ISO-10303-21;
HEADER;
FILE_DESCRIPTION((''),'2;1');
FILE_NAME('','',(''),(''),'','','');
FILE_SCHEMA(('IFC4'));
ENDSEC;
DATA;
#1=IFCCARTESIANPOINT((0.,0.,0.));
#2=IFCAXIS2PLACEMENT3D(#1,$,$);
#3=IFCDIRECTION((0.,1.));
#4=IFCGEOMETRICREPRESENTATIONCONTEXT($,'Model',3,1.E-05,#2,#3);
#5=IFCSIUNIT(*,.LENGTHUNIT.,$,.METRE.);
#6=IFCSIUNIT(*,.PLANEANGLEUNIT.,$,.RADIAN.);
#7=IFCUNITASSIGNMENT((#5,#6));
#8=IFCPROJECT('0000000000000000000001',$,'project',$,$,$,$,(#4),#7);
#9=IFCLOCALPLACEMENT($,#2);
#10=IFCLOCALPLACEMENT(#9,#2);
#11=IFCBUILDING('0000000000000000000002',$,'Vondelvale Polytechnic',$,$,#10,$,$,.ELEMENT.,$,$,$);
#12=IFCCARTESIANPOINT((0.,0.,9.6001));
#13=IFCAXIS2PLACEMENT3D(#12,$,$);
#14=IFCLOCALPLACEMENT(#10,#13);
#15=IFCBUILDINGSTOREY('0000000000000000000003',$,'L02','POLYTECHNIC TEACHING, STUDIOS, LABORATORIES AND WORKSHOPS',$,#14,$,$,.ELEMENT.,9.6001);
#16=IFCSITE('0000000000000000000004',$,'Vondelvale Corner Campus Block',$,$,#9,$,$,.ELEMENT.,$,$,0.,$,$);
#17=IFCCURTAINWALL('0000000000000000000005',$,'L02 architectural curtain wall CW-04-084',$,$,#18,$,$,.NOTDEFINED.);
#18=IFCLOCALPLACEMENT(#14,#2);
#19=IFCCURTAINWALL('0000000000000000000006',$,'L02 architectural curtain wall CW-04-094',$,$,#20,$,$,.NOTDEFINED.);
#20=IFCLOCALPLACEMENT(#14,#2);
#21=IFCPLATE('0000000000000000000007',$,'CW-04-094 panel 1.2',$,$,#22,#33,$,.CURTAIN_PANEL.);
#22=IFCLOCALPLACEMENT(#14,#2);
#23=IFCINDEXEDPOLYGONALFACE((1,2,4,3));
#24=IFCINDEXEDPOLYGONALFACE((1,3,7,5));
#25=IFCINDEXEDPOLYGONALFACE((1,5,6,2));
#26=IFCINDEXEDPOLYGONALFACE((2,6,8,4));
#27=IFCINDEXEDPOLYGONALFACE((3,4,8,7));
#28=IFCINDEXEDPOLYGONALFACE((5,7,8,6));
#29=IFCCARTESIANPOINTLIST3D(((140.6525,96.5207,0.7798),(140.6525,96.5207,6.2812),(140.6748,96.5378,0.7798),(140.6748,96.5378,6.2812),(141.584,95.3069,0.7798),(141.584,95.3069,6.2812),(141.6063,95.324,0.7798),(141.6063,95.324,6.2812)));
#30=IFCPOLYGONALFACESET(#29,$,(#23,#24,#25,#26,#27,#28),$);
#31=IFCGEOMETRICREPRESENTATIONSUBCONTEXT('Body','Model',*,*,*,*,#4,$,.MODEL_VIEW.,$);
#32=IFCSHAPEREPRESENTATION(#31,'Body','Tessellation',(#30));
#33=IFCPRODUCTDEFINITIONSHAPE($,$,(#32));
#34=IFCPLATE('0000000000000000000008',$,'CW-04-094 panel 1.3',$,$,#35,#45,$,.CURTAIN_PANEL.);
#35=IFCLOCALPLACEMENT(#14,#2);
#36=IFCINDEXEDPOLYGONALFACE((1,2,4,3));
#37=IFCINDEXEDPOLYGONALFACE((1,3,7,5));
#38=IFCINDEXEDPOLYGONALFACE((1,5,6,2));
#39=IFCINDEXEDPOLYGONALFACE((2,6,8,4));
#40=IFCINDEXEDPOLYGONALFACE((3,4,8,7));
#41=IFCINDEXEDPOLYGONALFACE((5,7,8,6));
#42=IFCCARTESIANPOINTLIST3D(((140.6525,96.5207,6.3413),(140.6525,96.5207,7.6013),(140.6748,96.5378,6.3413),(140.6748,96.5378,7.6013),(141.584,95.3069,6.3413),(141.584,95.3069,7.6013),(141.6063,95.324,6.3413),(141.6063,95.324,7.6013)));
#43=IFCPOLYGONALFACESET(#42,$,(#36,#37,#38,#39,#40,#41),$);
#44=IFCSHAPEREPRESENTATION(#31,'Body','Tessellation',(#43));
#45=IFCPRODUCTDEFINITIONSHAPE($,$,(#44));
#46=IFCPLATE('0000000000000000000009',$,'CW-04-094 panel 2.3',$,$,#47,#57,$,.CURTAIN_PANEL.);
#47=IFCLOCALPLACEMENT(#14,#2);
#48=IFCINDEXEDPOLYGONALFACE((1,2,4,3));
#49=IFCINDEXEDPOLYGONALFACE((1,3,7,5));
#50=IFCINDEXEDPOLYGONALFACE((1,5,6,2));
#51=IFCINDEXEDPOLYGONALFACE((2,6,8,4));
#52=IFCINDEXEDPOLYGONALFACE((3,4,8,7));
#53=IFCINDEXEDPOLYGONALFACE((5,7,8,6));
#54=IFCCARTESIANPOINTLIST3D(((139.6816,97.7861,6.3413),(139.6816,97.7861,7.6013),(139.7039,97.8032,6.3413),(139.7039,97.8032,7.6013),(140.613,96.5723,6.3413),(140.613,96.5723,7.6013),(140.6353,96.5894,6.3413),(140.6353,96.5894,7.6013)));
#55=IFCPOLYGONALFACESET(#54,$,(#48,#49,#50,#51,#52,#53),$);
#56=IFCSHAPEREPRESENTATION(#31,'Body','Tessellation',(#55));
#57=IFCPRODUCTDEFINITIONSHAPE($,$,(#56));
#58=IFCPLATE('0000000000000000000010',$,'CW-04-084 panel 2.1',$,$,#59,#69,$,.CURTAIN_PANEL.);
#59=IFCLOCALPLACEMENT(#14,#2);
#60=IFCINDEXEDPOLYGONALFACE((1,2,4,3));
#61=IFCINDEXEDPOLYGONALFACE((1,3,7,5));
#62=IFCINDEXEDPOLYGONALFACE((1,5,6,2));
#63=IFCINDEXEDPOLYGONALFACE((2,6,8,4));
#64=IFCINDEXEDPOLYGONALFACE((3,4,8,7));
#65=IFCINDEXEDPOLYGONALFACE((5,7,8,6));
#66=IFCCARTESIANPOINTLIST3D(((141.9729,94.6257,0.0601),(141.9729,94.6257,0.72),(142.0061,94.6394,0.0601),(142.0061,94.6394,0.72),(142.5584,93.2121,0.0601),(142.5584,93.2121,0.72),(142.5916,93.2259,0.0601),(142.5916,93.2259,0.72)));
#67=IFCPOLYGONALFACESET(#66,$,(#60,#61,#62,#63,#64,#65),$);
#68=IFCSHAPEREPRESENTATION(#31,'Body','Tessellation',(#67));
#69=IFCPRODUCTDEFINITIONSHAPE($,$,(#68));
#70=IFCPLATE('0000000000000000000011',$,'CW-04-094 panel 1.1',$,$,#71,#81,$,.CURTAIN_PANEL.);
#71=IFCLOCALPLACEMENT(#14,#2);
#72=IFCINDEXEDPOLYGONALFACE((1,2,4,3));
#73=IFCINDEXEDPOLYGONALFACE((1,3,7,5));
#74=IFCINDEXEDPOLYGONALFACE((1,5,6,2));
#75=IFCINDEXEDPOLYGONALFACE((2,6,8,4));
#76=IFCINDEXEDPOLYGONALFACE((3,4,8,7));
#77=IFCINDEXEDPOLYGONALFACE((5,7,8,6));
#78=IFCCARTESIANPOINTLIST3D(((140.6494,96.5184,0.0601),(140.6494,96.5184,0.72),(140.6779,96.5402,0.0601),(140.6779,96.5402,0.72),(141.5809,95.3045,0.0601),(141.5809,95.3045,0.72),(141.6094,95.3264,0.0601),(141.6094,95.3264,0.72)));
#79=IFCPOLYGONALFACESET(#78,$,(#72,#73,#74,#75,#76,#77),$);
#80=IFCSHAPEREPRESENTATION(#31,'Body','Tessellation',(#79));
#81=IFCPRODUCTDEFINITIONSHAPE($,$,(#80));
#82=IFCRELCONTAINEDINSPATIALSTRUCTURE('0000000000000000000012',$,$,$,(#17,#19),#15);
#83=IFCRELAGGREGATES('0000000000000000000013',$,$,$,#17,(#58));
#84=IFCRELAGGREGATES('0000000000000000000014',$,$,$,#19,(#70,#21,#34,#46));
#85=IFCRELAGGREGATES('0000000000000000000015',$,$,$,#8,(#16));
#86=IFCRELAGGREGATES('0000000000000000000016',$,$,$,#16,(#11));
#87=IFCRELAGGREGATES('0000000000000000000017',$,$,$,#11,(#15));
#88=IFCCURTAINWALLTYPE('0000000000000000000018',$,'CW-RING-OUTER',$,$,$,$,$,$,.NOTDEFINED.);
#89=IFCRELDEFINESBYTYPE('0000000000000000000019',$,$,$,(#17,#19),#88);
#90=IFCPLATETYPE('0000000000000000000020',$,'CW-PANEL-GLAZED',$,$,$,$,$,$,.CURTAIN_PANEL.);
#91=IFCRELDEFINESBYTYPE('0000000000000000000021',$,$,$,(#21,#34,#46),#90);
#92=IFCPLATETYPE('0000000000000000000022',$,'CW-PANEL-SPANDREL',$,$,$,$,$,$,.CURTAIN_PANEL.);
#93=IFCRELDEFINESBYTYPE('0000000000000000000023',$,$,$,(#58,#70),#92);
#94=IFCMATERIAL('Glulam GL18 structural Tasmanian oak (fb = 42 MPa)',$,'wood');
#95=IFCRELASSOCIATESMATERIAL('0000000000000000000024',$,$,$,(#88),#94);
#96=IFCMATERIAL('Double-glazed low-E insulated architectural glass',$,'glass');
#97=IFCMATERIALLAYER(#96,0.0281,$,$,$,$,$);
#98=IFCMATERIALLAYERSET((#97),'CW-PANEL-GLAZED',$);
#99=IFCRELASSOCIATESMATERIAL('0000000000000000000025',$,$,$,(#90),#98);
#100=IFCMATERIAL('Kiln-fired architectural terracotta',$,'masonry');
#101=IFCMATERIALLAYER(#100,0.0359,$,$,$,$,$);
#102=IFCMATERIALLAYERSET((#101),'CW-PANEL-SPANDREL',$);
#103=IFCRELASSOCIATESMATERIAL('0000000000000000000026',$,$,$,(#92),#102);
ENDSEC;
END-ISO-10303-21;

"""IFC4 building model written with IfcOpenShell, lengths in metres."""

from ifc_helpers import new_model, si_unit, direction, frame, origin, origin_2d, place, context, subcontext, project, spatial, rectangle, extrude, material, layer, layer_set, type_object, element, aggregate, save


model = new_model("IFC4")

# Units and contexts
model_context = context("Model", 3, precision=1e-05, world=origin(), true_north=direction((0.0, 1.0)))
body_context = subcontext(model_context, "Body", "Model", "MODEL_VIEW")
ifc_project = project(units=[si_unit("LENGTHUNIT", "METRE"), si_unit("PLANEANGLEUNIT", "RADIAN")], contexts=[model_context])

# Site, building, storey
site_placement = place(None, origin())
site = spatial("IfcSite", under=ifc_project, at=site_placement, Name="Vondelvale Corner Campus Block", CompositionType="ELEMENT", RefElevation=0.0)
building_placement = place(site_placement, origin())
building = spatial("IfcBuilding", under=site, at=building_placement, Name="Vondelvale Polytechnic", CompositionType="ELEMENT")
storey_placement = place(building_placement, frame((0.0, 0.0, 9.6001)))
storey = spatial("IfcBuildingStorey", under=building, at=storey_placement, Name="L02", Description="POLYTECHNIC TEACHING, STUDIOS, LABORATORIES AND WORKSHOPS", CompositionType="ELEMENT", Elevation=9.6001)

# Curtain wall
ifc_material_1 = material(Name="Glulam GL18 structural Tasmanian oak (fb = 42 MPa)", Category="wood")
curtain_wall_type = type_object("IfcCurtainWallType", Name="CW-RING-OUTER", PredefinedType="NOTDEFINED", material=ifc_material_1)
curtain_wall_1_placement = place(storey_placement, origin())
curtain_wall_1 = element("IfcCurtainWall", 1, at=curtain_wall_1_placement, inside=storey, type_object=curtain_wall_type, Name="L02 architectural curtain wall CW-04-084", PredefinedType="NOTDEFINED")

# Curtain wall
curtain_wall_2_placement = place(storey_placement, origin())
curtain_wall_2 = element("IfcCurtainWall", 2, at=curtain_wall_2_placement, inside=storey, type_object=curtain_wall_type, Name="L02 architectural curtain wall CW-04-094", PredefinedType="NOTDEFINED")

# Plates
ifc_material_2 = material(Name="Double-glazed low-E insulated architectural glass", Category="glass")
ifc_layer_1 = layer(ifc_material_2, 0.0281)
ifc_layer_set_1 = layer_set([ifc_layer_1], Name="CW-PANEL-GLAZED")
plate_type_1 = type_object("IfcPlateType", Name="CW-PANEL-GLAZED", PredefinedType="CURTAIN_PANEL", material=ifc_layer_set_1)
plate_1_placement = place(storey_placement, frame((141.1294, 95.9224, 0.7798), z_axis=(0.0, 0.0, 1.0), x_axis=(-0.608787, 0.793334, 0.0)))
plate_1 = element("IfcPlate", 3, at=plate_1_placement, type_object=plate_type_1, Name="CW-04-094 panel 1.2", PredefinedType="CURTAIN_PANEL", context=body_context, shape_type="SweptSolid", body=[
    extrude(rectangle(XDim=1.53, YDim=0.0281, at=origin_2d()), origin(), (0.0, 0.0, 1.0), 5.5015),
])
plate_2_placement = place(storey_placement, frame((141.1294, 95.9224, 6.3413), z_axis=(0.0, 0.0, 1.0), x_axis=(-0.608787, 0.793334, 0.0)))
plate_2 = element("IfcPlate", 4, at=plate_2_placement, type_object=plate_type_1, Name="CW-04-094 panel 1.3", PredefinedType="CURTAIN_PANEL", context=body_context, shape_type="SweptSolid", body=[
    extrude(rectangle(XDim=1.53, YDim=0.0281, at=origin_2d()), origin(), (0.0, 0.0, 1.0), 1.26),
])
plate_3_placement = place(storey_placement, frame((140.1584, 97.1877, 6.3413), z_axis=(0.0, 0.0, 1.0), x_axis=(-0.608787, 0.793334, 0.0)))
plate_3 = element("IfcPlate", 5, at=plate_3_placement, type_object=plate_type_1, Name="CW-04-094 panel 2.3", PredefinedType="CURTAIN_PANEL", context=body_context, shape_type="SweptSolid", body=[
    extrude(rectangle(XDim=1.53, YDim=0.0281, at=origin_2d()), origin(), (0.0, 0.0, 1.0), 1.26),
])
ifc_material_3 = material(Name="Kiln-fired architectural terracotta", Category="masonry")
ifc_layer_2 = layer(ifc_material_3, 0.0359)
ifc_layer_set_2 = layer_set([ifc_layer_2], Name="CW-PANEL-SPANDREL")
plate_type_2 = type_object("IfcPlateType", Name="CW-PANEL-SPANDREL", PredefinedType="CURTAIN_PANEL", material=ifc_layer_set_2)
plate_4_placement = place(storey_placement, frame((142.2822, 93.9258, 0.0601), z_axis=(0.0, 0.0, 1.0), x_axis=(-0.382677, 0.923882, 0.0)))
plate_4 = element("IfcPlate", 6, at=plate_4_placement, type_object=plate_type_2, Name="CW-04-084 panel 2.1", PredefinedType="CURTAIN_PANEL", context=body_context, shape_type="SweptSolid", body=[
    extrude(rectangle(XDim=1.53, YDim=0.0359, at=origin_2d()), origin(), (0.0, 0.0, 1.0), 0.6599),
])
aggregate(curtain_wall_1, [plate_4])
plate_5_placement = place(storey_placement, frame((141.1294, 95.9224, 0.0601), z_axis=(0.0, 0.0, 1.0), x_axis=(-0.608787, 0.793334, 0.0)))
plate_5 = element("IfcPlate", 7, at=plate_5_placement, type_object=plate_type_2, Name="CW-04-094 panel 1.1", PredefinedType="CURTAIN_PANEL", context=body_context, shape_type="SweptSolid", body=[
    extrude(rectangle(XDim=1.53, YDim=0.0359, at=origin_2d()), origin(), (0.0, 0.0, 1.0), 0.6599),
])
aggregate(curtain_wall_2, [plate_5, plate_1, plate_2, plate_3])

save(model, "model.ifc")
